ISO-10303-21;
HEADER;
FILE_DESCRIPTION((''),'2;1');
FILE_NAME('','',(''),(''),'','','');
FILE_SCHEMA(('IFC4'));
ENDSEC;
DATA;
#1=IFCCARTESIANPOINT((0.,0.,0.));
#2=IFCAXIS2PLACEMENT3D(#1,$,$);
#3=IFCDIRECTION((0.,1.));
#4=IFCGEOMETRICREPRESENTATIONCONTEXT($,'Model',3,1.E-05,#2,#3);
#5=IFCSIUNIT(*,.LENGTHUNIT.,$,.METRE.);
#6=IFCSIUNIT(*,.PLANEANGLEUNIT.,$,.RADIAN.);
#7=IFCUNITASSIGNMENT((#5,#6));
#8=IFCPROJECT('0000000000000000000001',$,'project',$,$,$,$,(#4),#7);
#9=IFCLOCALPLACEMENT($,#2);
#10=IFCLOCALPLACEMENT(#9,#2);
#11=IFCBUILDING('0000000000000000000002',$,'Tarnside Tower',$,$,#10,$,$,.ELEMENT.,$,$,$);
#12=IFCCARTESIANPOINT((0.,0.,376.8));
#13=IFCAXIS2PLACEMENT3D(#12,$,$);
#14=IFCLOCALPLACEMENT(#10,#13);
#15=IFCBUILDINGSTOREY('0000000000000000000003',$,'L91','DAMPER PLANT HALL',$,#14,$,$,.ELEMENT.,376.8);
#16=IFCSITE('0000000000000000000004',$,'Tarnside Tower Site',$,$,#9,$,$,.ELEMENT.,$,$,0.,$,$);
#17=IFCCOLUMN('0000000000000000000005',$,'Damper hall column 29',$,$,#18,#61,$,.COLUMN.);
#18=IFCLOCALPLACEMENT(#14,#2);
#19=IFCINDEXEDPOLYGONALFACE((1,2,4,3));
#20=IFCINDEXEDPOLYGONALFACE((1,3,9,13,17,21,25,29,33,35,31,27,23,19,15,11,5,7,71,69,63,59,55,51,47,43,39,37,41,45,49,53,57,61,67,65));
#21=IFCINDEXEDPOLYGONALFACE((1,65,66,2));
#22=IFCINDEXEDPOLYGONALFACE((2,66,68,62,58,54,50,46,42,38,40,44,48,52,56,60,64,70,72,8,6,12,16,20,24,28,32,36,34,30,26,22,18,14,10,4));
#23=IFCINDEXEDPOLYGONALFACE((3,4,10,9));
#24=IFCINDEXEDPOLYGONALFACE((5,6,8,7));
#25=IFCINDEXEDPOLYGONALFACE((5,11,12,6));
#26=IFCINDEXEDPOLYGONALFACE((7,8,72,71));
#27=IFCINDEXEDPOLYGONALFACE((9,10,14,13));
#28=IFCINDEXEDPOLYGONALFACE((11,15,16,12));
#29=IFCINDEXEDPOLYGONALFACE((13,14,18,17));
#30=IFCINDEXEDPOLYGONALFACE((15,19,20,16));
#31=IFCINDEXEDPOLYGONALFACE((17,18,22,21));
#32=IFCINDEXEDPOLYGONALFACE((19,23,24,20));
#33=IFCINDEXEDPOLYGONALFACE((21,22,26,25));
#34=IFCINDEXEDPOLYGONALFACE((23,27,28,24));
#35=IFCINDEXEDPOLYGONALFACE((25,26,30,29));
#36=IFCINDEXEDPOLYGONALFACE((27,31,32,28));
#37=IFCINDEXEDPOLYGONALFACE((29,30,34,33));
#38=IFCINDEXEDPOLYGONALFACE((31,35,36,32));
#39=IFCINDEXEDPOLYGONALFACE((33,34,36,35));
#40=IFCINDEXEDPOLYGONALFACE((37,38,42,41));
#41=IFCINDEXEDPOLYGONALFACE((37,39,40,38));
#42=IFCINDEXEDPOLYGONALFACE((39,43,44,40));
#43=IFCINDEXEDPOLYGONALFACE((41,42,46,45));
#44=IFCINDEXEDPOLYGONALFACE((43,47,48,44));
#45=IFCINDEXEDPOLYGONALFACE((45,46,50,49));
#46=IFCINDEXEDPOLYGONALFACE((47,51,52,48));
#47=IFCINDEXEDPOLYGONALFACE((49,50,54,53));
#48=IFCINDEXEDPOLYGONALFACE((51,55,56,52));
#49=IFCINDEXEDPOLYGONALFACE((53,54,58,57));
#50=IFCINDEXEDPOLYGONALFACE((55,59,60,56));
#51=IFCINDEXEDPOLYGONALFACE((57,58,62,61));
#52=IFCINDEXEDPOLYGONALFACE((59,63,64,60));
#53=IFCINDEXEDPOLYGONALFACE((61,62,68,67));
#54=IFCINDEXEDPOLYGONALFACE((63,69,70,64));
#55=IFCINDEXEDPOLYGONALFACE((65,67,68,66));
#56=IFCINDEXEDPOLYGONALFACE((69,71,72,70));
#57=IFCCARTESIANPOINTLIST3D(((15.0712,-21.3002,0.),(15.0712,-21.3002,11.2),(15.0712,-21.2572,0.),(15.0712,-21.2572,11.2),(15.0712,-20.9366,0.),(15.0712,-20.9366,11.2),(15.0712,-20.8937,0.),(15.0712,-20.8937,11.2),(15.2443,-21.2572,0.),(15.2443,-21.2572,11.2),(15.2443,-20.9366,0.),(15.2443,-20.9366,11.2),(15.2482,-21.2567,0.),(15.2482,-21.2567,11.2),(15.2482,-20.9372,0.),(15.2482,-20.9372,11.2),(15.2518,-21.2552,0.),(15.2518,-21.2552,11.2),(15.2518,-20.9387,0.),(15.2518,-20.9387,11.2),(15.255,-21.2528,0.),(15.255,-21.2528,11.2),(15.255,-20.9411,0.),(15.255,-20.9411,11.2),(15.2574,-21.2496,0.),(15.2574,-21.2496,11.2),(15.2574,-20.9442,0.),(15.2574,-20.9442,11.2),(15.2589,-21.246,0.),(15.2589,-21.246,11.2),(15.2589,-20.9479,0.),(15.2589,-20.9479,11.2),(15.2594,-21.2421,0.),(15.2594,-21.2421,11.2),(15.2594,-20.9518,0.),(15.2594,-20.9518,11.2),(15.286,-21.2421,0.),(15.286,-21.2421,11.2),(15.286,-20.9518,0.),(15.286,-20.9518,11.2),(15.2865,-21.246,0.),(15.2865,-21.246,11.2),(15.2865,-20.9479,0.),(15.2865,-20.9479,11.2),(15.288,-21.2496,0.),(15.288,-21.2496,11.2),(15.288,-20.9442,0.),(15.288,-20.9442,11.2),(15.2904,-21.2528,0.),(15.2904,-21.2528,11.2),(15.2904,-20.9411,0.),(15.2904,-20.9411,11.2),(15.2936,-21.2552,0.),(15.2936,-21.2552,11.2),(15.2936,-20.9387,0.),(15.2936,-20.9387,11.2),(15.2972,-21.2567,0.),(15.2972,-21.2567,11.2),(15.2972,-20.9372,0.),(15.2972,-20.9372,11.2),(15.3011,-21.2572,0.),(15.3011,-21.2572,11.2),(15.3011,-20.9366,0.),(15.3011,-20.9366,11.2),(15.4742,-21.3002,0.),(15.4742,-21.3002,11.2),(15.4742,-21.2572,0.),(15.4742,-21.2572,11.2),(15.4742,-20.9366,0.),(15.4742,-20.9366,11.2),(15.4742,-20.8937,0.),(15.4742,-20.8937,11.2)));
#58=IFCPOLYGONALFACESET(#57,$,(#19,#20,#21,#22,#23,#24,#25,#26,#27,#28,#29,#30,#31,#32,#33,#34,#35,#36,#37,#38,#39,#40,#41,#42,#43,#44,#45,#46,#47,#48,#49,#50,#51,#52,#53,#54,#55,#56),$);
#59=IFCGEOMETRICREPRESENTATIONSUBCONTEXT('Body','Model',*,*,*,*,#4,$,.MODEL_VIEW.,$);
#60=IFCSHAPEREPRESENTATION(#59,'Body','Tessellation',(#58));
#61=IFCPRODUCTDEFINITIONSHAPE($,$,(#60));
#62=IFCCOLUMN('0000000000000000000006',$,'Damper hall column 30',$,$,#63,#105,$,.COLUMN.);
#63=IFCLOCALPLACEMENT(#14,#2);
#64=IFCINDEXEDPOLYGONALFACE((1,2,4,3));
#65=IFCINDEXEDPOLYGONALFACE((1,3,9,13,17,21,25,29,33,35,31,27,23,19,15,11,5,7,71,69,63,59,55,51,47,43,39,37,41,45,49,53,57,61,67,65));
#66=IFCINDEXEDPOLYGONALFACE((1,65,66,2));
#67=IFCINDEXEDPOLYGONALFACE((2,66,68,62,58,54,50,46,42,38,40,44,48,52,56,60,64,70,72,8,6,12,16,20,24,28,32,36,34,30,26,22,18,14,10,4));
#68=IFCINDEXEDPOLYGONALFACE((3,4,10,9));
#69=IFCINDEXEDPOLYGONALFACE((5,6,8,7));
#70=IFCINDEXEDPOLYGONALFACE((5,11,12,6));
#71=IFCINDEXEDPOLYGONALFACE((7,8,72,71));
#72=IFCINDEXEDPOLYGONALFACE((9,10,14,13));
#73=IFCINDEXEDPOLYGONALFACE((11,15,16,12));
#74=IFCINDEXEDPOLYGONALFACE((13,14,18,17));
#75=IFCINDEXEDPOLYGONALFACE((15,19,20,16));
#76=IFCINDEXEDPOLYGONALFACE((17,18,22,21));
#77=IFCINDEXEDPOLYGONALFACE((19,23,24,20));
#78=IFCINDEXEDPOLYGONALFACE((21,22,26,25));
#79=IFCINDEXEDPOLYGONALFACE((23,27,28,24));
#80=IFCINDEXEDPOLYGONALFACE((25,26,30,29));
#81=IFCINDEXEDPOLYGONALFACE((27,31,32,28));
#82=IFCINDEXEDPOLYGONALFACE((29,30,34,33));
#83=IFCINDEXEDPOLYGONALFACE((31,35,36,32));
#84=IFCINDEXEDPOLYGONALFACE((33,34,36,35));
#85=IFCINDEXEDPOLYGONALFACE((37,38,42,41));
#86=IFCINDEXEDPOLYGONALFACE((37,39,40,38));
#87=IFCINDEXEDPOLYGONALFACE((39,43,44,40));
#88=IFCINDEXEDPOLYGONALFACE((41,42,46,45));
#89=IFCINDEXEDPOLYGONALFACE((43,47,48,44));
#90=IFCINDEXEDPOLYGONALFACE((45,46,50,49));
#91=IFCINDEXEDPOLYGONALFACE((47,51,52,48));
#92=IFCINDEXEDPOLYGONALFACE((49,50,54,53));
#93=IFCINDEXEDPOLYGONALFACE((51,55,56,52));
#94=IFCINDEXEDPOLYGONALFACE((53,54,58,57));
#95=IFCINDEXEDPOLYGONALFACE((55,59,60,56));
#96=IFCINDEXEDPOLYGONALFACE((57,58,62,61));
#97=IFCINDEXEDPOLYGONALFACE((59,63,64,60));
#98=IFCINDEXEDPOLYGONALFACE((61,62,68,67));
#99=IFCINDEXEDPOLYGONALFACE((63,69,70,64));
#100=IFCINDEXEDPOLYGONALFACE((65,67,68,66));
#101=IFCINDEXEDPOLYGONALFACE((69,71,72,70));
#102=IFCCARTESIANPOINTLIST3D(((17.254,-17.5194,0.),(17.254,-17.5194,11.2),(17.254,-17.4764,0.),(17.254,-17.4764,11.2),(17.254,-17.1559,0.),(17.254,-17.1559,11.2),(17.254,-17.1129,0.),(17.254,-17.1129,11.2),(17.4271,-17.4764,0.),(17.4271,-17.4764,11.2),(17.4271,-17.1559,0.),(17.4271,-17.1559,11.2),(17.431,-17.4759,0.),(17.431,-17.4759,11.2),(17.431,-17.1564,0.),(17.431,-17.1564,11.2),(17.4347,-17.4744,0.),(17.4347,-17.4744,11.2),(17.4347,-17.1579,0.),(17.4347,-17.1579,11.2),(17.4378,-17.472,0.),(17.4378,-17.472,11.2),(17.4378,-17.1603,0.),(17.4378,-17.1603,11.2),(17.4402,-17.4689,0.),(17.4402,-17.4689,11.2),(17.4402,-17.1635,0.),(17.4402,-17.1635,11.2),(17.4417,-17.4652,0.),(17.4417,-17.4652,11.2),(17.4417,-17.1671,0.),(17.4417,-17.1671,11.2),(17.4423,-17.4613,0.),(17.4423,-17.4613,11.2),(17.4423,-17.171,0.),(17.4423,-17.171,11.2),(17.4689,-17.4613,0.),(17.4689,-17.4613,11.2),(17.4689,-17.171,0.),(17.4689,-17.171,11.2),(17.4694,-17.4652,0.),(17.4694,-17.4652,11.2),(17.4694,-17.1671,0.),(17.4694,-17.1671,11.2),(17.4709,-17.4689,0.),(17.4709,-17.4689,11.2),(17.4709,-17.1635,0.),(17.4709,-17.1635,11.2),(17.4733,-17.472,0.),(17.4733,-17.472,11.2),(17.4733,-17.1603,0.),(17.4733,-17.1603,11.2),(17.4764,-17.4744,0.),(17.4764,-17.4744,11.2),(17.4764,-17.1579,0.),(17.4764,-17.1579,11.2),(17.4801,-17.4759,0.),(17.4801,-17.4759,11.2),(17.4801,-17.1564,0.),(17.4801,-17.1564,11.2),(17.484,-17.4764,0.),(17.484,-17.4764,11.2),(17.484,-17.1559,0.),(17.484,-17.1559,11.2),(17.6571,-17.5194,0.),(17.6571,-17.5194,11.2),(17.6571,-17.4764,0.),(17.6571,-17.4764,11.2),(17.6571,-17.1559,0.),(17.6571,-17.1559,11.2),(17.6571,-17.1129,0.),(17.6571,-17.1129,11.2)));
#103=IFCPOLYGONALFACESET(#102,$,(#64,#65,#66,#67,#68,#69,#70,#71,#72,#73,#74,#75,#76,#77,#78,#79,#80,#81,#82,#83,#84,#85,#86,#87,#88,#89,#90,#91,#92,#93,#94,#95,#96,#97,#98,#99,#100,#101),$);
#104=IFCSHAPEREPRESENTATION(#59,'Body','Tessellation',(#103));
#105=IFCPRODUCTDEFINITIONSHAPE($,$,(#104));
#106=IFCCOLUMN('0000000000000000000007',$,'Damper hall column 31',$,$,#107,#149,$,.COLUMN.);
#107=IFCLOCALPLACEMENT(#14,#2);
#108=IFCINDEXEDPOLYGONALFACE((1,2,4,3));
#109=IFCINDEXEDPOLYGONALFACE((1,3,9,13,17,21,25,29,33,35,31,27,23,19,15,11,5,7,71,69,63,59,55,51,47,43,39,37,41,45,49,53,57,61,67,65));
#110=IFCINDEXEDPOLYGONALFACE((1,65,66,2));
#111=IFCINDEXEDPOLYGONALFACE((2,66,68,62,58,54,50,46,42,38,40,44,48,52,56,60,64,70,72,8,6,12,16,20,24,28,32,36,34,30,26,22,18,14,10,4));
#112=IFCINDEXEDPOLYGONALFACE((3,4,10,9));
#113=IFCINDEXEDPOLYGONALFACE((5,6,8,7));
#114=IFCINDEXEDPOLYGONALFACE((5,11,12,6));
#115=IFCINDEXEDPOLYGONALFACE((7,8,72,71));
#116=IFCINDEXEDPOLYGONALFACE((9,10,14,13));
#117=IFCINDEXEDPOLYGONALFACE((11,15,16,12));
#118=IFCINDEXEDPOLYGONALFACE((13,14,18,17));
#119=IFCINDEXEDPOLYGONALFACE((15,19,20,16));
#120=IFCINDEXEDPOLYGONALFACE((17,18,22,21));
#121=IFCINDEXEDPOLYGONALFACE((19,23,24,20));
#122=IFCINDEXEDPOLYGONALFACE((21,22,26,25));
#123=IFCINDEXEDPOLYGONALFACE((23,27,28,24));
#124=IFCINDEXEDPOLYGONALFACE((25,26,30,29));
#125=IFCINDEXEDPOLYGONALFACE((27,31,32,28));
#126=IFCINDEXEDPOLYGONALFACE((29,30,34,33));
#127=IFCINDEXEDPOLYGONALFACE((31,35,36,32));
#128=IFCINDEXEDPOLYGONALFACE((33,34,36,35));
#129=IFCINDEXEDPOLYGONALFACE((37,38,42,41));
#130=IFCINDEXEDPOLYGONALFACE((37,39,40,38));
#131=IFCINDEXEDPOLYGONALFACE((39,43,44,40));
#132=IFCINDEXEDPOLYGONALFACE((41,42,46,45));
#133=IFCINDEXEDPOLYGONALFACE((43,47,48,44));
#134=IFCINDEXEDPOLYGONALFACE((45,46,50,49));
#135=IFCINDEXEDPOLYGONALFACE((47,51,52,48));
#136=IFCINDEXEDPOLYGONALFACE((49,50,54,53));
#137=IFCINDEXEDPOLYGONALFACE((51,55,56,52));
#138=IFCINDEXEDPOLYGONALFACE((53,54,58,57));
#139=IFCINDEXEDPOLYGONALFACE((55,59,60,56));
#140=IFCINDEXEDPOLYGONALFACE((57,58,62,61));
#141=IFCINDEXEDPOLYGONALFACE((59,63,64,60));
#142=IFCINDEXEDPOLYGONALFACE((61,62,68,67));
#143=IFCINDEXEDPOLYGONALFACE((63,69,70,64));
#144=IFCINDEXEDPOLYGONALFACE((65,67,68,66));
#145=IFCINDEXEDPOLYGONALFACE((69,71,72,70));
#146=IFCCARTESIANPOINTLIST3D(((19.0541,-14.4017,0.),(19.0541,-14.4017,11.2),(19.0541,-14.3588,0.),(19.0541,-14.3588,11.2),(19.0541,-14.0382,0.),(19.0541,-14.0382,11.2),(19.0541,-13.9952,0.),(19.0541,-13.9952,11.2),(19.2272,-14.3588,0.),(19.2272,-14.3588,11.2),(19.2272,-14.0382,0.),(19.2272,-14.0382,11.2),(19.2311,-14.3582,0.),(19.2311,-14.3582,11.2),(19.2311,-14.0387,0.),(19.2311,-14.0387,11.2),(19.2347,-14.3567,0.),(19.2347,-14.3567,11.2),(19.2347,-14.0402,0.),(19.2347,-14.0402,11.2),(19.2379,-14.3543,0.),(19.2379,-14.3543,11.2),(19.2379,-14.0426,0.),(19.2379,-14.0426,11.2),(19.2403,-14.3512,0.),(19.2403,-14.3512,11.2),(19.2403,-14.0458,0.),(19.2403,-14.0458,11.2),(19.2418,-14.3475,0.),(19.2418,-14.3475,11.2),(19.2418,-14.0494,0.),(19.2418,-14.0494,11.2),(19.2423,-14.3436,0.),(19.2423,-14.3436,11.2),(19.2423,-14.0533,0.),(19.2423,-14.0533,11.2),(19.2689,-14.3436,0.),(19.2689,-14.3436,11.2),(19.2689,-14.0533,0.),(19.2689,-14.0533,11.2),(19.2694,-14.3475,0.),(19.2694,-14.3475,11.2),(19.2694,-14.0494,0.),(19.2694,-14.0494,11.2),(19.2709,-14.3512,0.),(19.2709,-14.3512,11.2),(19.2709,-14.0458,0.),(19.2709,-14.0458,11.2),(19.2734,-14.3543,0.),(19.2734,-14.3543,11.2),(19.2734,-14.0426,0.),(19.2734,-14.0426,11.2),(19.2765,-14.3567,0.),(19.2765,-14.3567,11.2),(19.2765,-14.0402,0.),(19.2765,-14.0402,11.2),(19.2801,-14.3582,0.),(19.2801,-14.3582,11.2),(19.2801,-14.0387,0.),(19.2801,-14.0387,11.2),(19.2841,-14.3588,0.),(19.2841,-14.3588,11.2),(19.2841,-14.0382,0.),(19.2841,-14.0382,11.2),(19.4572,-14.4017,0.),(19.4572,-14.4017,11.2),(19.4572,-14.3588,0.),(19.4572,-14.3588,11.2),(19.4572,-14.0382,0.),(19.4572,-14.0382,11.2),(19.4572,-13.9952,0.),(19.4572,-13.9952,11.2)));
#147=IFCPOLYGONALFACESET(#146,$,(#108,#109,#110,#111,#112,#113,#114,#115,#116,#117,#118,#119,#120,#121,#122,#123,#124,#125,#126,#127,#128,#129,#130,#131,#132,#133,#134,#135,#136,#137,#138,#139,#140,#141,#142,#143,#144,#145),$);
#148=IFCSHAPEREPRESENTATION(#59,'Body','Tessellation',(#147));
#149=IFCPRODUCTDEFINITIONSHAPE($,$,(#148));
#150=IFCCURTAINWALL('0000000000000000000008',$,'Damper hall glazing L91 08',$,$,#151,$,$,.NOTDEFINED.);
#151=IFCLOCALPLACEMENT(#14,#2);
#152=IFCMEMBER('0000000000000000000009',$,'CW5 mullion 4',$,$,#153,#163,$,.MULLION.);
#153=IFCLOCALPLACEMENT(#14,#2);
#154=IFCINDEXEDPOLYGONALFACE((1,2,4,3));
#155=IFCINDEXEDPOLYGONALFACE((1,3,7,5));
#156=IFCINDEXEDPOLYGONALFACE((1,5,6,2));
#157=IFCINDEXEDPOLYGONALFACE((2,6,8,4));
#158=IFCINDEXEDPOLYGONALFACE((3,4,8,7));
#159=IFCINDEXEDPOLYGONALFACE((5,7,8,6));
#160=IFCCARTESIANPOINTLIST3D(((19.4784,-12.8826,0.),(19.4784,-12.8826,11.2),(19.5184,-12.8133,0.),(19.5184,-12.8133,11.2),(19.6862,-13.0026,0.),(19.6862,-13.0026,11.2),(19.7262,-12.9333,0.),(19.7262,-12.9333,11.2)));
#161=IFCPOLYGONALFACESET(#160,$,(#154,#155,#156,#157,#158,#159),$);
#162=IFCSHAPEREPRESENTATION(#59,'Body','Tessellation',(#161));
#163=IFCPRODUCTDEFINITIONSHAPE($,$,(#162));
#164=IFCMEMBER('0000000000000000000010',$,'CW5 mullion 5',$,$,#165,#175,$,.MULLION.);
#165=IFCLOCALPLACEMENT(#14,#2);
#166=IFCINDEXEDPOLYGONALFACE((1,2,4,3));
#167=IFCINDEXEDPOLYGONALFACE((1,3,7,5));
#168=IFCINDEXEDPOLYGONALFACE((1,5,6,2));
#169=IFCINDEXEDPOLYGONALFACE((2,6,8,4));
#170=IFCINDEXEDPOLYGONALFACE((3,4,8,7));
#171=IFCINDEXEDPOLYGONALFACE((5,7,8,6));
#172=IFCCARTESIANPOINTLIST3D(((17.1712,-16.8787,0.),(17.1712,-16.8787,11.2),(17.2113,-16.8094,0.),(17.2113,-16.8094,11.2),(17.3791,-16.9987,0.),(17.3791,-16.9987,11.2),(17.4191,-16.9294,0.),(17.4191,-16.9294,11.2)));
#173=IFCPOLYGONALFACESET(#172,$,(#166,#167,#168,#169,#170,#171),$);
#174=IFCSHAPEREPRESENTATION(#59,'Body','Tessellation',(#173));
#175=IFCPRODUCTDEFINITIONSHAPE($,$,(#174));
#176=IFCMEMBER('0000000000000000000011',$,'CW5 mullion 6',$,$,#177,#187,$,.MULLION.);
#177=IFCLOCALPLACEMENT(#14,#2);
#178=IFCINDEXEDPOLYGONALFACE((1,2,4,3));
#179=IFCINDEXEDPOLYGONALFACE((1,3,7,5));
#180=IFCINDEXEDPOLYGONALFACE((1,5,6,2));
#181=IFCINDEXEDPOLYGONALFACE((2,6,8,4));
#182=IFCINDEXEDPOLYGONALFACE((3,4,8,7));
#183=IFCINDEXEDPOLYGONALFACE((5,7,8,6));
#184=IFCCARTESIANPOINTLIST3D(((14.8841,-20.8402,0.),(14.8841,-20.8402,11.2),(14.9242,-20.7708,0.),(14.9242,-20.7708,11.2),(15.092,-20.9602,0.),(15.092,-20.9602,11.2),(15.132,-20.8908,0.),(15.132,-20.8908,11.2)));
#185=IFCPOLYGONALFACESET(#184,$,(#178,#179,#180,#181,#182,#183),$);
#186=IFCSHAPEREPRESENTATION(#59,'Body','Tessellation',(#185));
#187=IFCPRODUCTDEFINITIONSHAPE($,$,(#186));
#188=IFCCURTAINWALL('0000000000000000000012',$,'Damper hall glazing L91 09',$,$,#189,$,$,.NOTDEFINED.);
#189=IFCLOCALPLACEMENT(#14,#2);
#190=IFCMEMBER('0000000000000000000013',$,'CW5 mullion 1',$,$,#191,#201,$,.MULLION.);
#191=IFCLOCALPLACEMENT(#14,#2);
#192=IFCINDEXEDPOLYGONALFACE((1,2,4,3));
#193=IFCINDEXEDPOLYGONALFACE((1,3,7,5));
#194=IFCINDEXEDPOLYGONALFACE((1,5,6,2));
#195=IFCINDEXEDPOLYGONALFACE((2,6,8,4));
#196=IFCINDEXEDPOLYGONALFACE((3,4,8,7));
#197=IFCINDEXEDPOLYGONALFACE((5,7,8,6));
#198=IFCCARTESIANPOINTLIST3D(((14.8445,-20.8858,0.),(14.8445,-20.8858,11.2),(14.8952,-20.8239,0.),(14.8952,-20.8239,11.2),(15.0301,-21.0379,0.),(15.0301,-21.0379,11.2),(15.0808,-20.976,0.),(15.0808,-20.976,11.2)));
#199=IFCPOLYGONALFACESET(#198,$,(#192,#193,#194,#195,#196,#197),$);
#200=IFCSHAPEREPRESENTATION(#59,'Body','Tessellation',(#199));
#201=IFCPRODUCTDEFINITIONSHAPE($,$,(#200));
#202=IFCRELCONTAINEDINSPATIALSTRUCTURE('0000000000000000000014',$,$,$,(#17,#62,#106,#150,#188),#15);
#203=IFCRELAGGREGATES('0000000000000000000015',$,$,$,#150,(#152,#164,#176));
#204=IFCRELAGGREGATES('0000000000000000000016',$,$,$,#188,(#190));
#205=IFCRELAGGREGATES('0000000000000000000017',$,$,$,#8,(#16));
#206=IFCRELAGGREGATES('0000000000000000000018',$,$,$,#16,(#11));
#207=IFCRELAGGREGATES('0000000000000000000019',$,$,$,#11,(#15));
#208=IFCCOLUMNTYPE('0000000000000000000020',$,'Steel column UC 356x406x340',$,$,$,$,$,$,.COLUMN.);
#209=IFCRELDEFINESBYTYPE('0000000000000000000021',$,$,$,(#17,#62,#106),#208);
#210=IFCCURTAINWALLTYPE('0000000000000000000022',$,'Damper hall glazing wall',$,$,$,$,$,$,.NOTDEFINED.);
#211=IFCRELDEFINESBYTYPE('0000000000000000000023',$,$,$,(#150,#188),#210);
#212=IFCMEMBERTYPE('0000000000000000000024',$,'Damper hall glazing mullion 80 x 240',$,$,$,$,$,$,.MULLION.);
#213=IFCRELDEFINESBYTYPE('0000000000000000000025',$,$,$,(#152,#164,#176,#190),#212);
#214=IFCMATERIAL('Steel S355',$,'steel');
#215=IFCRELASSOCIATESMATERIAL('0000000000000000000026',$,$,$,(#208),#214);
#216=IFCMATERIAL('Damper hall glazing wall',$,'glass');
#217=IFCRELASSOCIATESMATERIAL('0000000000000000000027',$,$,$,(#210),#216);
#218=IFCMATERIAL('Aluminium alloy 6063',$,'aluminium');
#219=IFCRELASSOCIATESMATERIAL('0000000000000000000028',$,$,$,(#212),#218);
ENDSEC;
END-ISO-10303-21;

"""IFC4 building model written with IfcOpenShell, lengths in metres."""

from ifc_helpers import new_model, si_unit, direction, frame, origin, origin_2d, place, context, subcontext, project, spatial, rectangle, i_section, extrude, material, material_profile, profile_set, type_object, element, aggregate, save


model = new_model("IFC4")

# Units and contexts
model_context = context("Model", 3, precision=1e-05, world=origin(), true_north=direction((0.0, 1.0)))
body_context = subcontext(model_context, "Body", "Model", "MODEL_VIEW")
ifc_project = project(units=[si_unit("LENGTHUNIT", "METRE"), si_unit("PLANEANGLEUNIT", "RADIAN")], contexts=[model_context])

# Site, building, storey
site_placement = place(None, origin())
site = spatial("IfcSite", under=ifc_project, at=site_placement, Name="Tarnside Tower Site", CompositionType="ELEMENT", RefElevation=0.0)
building_placement = place(site_placement, origin())
building = spatial("IfcBuilding", under=site, at=building_placement, Name="Tarnside Tower", CompositionType="ELEMENT")
storey_placement = place(building_placement, frame((0.0, 0.0, 376.8)))
storey = spatial("IfcBuildingStorey", under=building, at=storey_placement, Name="L91", Description="DAMPER PLANT HALL", CompositionType="ELEMENT", Elevation=376.8)

# Columns
ifc_material_1 = material(Name="Steel S355", Category="steel")
ifc_material_profile_1 = material_profile(ifc_material_1, i_section(OverallWidth=0.4031, OverallDepth=0.4065, WebThickness=0.0266, FlangeThickness=0.043, FilletRadius=0.0151, at=origin_2d()), Name="UC 356x406x340")
ifc_profile_set_1 = profile_set([ifc_material_profile_1], Name="Steel S355")
column_type = type_object("IfcColumnType", Name="Steel column UC 356x406x340", PredefinedType="COLUMN", material=ifc_profile_set_1)
for number, where, z_axis, x_axis, name in (
    (1, (15.2727, -21.0969, 0.0), (0.0, 0.0, 1.0), (1.0, 0.0, 0.0), "Damper hall column 29"),
    (2, (17.4556, -17.3162, 0.0), (0.0, 0.0, 1.0), (1.0, 0.0, 0.0), "Damper hall column 30"),
    (3, (19.2556, -14.1985, 0.0), (0.0, 0.0, 1.0), (1.0, 0.0, 0.0), "Damper hall column 31"),
):
    element("IfcColumn", number, at=place(storey_placement, frame(where, z_axis=z_axis, x_axis=x_axis)), inside=storey, type_object=column_type, Name=name, PredefinedType="COLUMN", context=body_context, shape_type="SweptSolid", body=[
        extrude(i_section(OverallWidth=0.4031, OverallDepth=0.4065, WebThickness=0.0266, FlangeThickness=0.043, FilletRadius=0.0151, at=origin_2d()), origin(), (0.0, 0.0, 1.0), 11.2),
    ])

# Curtain walls, members
ifc_material_2 = material(Name="Damper hall glazing wall", Category="glass")
curtain_wall_type = type_object("IfcCurtainWallType", Name="Damper hall glazing wall", PredefinedType="NOTDEFINED", material=ifc_material_2)
curtain_wall_1_placement = place(storey_placement, origin())
curtain_wall_1 = element("IfcCurtainWall", 4, at=curtain_wall_1_placement, inside=storey, type_object=curtain_wall_type, Name="Damper hall glazing L91 08", PredefinedType="NOTDEFINED")
ifc_material_3 = material(Name="Aluminium alloy 6063", Category="aluminium")
ifc_material_profile_2 = material_profile(ifc_material_3, rectangle(XDim=0.24, YDim=0.0801, at=origin_2d()), Name="Damper hall glazing mullion 80 x 240")
ifc_profile_set_2 = profile_set([ifc_material_profile_2], Name="Aluminium alloy 6063")
member_type_1 = type_object("IfcMemberType", Name="Damper hall glazing mullion 80 x 240", PredefinedType="MULLION", material=ifc_profile_set_2)
member_1_placement = place(storey_placement, frame((19.6023, -12.908, 0.0), z_axis=(0.0, 0.0, 1.0), x_axis=(0.866025, -0.5, 0.0)))
member_1 = element("IfcMember", 5, at=member_1_placement, type_object=member_type_1, Name="CW5 mullion 4", PredefinedType="MULLION", context=body_context, shape_type="SweptSolid", body=[
    extrude(rectangle(XDim=0.24, YDim=0.0801, at=origin_2d()), origin(), (0.0, 0.0, 1.0), 11.2),
])
member_2_placement = place(storey_placement, frame((17.2952, -16.9041, 0.0), z_axis=(0.0, 0.0, 1.0), x_axis=(0.866025, -0.5, 0.0)))
member_2 = element("IfcMember", 6, at=member_2_placement, type_object=member_type_1, Name="CW5 mullion 5", PredefinedType="MULLION", context=body_context, shape_type="SweptSolid", body=[
    extrude(rectangle(XDim=0.24, YDim=0.0801, at=origin_2d()), origin(), (0.0, 0.0, 1.0), 11.2),
])
member_3_placement = place(storey_placement, frame((15.0081, -20.8655, 0.0), z_axis=(0.0, 0.0, 1.0), x_axis=(0.866025, -0.5, 0.0)))
member_3 = element("IfcMember", 7, at=member_3_placement, type_object=member_type_1, Name="CW5 mullion 6", PredefinedType="MULLION", context=body_context, shape_type="SweptSolid", body=[
    extrude(rectangle(XDim=0.24, YDim=0.0801, at=origin_2d()), origin(), (0.0, 0.0, 1.0), 11.2),
])
curtain_wall_2_placement = place(storey_placement, origin())
curtain_wall_2 = element("IfcCurtainWall", 8, at=curtain_wall_2_placement, inside=storey, type_object=curtain_wall_type, Name="Damper hall glazing L91 09", PredefinedType="NOTDEFINED")
member_4_placement = place(storey_placement, frame((14.9626, -20.9309, 0.0), z_axis=(0.0, 0.0, 1.0), x_axis=(0.773472, -0.633831, 0.0)))
member_4 = element("IfcMember", 9, at=member_4_placement, type_object=member_type_1, Name="CW5 mullion 1", PredefinedType="MULLION", context=body_context, shape_type="SweptSolid", body=[
    extrude(rectangle(XDim=0.24, YDim=0.0801, at=origin_2d()), origin(), (0.0, 0.0, 1.0), 11.2),
])

aggregate(curtain_wall_1, [member_1, member_2, member_3])
aggregate(curtain_wall_2, [member_4])

save(model, "model.ifc")
